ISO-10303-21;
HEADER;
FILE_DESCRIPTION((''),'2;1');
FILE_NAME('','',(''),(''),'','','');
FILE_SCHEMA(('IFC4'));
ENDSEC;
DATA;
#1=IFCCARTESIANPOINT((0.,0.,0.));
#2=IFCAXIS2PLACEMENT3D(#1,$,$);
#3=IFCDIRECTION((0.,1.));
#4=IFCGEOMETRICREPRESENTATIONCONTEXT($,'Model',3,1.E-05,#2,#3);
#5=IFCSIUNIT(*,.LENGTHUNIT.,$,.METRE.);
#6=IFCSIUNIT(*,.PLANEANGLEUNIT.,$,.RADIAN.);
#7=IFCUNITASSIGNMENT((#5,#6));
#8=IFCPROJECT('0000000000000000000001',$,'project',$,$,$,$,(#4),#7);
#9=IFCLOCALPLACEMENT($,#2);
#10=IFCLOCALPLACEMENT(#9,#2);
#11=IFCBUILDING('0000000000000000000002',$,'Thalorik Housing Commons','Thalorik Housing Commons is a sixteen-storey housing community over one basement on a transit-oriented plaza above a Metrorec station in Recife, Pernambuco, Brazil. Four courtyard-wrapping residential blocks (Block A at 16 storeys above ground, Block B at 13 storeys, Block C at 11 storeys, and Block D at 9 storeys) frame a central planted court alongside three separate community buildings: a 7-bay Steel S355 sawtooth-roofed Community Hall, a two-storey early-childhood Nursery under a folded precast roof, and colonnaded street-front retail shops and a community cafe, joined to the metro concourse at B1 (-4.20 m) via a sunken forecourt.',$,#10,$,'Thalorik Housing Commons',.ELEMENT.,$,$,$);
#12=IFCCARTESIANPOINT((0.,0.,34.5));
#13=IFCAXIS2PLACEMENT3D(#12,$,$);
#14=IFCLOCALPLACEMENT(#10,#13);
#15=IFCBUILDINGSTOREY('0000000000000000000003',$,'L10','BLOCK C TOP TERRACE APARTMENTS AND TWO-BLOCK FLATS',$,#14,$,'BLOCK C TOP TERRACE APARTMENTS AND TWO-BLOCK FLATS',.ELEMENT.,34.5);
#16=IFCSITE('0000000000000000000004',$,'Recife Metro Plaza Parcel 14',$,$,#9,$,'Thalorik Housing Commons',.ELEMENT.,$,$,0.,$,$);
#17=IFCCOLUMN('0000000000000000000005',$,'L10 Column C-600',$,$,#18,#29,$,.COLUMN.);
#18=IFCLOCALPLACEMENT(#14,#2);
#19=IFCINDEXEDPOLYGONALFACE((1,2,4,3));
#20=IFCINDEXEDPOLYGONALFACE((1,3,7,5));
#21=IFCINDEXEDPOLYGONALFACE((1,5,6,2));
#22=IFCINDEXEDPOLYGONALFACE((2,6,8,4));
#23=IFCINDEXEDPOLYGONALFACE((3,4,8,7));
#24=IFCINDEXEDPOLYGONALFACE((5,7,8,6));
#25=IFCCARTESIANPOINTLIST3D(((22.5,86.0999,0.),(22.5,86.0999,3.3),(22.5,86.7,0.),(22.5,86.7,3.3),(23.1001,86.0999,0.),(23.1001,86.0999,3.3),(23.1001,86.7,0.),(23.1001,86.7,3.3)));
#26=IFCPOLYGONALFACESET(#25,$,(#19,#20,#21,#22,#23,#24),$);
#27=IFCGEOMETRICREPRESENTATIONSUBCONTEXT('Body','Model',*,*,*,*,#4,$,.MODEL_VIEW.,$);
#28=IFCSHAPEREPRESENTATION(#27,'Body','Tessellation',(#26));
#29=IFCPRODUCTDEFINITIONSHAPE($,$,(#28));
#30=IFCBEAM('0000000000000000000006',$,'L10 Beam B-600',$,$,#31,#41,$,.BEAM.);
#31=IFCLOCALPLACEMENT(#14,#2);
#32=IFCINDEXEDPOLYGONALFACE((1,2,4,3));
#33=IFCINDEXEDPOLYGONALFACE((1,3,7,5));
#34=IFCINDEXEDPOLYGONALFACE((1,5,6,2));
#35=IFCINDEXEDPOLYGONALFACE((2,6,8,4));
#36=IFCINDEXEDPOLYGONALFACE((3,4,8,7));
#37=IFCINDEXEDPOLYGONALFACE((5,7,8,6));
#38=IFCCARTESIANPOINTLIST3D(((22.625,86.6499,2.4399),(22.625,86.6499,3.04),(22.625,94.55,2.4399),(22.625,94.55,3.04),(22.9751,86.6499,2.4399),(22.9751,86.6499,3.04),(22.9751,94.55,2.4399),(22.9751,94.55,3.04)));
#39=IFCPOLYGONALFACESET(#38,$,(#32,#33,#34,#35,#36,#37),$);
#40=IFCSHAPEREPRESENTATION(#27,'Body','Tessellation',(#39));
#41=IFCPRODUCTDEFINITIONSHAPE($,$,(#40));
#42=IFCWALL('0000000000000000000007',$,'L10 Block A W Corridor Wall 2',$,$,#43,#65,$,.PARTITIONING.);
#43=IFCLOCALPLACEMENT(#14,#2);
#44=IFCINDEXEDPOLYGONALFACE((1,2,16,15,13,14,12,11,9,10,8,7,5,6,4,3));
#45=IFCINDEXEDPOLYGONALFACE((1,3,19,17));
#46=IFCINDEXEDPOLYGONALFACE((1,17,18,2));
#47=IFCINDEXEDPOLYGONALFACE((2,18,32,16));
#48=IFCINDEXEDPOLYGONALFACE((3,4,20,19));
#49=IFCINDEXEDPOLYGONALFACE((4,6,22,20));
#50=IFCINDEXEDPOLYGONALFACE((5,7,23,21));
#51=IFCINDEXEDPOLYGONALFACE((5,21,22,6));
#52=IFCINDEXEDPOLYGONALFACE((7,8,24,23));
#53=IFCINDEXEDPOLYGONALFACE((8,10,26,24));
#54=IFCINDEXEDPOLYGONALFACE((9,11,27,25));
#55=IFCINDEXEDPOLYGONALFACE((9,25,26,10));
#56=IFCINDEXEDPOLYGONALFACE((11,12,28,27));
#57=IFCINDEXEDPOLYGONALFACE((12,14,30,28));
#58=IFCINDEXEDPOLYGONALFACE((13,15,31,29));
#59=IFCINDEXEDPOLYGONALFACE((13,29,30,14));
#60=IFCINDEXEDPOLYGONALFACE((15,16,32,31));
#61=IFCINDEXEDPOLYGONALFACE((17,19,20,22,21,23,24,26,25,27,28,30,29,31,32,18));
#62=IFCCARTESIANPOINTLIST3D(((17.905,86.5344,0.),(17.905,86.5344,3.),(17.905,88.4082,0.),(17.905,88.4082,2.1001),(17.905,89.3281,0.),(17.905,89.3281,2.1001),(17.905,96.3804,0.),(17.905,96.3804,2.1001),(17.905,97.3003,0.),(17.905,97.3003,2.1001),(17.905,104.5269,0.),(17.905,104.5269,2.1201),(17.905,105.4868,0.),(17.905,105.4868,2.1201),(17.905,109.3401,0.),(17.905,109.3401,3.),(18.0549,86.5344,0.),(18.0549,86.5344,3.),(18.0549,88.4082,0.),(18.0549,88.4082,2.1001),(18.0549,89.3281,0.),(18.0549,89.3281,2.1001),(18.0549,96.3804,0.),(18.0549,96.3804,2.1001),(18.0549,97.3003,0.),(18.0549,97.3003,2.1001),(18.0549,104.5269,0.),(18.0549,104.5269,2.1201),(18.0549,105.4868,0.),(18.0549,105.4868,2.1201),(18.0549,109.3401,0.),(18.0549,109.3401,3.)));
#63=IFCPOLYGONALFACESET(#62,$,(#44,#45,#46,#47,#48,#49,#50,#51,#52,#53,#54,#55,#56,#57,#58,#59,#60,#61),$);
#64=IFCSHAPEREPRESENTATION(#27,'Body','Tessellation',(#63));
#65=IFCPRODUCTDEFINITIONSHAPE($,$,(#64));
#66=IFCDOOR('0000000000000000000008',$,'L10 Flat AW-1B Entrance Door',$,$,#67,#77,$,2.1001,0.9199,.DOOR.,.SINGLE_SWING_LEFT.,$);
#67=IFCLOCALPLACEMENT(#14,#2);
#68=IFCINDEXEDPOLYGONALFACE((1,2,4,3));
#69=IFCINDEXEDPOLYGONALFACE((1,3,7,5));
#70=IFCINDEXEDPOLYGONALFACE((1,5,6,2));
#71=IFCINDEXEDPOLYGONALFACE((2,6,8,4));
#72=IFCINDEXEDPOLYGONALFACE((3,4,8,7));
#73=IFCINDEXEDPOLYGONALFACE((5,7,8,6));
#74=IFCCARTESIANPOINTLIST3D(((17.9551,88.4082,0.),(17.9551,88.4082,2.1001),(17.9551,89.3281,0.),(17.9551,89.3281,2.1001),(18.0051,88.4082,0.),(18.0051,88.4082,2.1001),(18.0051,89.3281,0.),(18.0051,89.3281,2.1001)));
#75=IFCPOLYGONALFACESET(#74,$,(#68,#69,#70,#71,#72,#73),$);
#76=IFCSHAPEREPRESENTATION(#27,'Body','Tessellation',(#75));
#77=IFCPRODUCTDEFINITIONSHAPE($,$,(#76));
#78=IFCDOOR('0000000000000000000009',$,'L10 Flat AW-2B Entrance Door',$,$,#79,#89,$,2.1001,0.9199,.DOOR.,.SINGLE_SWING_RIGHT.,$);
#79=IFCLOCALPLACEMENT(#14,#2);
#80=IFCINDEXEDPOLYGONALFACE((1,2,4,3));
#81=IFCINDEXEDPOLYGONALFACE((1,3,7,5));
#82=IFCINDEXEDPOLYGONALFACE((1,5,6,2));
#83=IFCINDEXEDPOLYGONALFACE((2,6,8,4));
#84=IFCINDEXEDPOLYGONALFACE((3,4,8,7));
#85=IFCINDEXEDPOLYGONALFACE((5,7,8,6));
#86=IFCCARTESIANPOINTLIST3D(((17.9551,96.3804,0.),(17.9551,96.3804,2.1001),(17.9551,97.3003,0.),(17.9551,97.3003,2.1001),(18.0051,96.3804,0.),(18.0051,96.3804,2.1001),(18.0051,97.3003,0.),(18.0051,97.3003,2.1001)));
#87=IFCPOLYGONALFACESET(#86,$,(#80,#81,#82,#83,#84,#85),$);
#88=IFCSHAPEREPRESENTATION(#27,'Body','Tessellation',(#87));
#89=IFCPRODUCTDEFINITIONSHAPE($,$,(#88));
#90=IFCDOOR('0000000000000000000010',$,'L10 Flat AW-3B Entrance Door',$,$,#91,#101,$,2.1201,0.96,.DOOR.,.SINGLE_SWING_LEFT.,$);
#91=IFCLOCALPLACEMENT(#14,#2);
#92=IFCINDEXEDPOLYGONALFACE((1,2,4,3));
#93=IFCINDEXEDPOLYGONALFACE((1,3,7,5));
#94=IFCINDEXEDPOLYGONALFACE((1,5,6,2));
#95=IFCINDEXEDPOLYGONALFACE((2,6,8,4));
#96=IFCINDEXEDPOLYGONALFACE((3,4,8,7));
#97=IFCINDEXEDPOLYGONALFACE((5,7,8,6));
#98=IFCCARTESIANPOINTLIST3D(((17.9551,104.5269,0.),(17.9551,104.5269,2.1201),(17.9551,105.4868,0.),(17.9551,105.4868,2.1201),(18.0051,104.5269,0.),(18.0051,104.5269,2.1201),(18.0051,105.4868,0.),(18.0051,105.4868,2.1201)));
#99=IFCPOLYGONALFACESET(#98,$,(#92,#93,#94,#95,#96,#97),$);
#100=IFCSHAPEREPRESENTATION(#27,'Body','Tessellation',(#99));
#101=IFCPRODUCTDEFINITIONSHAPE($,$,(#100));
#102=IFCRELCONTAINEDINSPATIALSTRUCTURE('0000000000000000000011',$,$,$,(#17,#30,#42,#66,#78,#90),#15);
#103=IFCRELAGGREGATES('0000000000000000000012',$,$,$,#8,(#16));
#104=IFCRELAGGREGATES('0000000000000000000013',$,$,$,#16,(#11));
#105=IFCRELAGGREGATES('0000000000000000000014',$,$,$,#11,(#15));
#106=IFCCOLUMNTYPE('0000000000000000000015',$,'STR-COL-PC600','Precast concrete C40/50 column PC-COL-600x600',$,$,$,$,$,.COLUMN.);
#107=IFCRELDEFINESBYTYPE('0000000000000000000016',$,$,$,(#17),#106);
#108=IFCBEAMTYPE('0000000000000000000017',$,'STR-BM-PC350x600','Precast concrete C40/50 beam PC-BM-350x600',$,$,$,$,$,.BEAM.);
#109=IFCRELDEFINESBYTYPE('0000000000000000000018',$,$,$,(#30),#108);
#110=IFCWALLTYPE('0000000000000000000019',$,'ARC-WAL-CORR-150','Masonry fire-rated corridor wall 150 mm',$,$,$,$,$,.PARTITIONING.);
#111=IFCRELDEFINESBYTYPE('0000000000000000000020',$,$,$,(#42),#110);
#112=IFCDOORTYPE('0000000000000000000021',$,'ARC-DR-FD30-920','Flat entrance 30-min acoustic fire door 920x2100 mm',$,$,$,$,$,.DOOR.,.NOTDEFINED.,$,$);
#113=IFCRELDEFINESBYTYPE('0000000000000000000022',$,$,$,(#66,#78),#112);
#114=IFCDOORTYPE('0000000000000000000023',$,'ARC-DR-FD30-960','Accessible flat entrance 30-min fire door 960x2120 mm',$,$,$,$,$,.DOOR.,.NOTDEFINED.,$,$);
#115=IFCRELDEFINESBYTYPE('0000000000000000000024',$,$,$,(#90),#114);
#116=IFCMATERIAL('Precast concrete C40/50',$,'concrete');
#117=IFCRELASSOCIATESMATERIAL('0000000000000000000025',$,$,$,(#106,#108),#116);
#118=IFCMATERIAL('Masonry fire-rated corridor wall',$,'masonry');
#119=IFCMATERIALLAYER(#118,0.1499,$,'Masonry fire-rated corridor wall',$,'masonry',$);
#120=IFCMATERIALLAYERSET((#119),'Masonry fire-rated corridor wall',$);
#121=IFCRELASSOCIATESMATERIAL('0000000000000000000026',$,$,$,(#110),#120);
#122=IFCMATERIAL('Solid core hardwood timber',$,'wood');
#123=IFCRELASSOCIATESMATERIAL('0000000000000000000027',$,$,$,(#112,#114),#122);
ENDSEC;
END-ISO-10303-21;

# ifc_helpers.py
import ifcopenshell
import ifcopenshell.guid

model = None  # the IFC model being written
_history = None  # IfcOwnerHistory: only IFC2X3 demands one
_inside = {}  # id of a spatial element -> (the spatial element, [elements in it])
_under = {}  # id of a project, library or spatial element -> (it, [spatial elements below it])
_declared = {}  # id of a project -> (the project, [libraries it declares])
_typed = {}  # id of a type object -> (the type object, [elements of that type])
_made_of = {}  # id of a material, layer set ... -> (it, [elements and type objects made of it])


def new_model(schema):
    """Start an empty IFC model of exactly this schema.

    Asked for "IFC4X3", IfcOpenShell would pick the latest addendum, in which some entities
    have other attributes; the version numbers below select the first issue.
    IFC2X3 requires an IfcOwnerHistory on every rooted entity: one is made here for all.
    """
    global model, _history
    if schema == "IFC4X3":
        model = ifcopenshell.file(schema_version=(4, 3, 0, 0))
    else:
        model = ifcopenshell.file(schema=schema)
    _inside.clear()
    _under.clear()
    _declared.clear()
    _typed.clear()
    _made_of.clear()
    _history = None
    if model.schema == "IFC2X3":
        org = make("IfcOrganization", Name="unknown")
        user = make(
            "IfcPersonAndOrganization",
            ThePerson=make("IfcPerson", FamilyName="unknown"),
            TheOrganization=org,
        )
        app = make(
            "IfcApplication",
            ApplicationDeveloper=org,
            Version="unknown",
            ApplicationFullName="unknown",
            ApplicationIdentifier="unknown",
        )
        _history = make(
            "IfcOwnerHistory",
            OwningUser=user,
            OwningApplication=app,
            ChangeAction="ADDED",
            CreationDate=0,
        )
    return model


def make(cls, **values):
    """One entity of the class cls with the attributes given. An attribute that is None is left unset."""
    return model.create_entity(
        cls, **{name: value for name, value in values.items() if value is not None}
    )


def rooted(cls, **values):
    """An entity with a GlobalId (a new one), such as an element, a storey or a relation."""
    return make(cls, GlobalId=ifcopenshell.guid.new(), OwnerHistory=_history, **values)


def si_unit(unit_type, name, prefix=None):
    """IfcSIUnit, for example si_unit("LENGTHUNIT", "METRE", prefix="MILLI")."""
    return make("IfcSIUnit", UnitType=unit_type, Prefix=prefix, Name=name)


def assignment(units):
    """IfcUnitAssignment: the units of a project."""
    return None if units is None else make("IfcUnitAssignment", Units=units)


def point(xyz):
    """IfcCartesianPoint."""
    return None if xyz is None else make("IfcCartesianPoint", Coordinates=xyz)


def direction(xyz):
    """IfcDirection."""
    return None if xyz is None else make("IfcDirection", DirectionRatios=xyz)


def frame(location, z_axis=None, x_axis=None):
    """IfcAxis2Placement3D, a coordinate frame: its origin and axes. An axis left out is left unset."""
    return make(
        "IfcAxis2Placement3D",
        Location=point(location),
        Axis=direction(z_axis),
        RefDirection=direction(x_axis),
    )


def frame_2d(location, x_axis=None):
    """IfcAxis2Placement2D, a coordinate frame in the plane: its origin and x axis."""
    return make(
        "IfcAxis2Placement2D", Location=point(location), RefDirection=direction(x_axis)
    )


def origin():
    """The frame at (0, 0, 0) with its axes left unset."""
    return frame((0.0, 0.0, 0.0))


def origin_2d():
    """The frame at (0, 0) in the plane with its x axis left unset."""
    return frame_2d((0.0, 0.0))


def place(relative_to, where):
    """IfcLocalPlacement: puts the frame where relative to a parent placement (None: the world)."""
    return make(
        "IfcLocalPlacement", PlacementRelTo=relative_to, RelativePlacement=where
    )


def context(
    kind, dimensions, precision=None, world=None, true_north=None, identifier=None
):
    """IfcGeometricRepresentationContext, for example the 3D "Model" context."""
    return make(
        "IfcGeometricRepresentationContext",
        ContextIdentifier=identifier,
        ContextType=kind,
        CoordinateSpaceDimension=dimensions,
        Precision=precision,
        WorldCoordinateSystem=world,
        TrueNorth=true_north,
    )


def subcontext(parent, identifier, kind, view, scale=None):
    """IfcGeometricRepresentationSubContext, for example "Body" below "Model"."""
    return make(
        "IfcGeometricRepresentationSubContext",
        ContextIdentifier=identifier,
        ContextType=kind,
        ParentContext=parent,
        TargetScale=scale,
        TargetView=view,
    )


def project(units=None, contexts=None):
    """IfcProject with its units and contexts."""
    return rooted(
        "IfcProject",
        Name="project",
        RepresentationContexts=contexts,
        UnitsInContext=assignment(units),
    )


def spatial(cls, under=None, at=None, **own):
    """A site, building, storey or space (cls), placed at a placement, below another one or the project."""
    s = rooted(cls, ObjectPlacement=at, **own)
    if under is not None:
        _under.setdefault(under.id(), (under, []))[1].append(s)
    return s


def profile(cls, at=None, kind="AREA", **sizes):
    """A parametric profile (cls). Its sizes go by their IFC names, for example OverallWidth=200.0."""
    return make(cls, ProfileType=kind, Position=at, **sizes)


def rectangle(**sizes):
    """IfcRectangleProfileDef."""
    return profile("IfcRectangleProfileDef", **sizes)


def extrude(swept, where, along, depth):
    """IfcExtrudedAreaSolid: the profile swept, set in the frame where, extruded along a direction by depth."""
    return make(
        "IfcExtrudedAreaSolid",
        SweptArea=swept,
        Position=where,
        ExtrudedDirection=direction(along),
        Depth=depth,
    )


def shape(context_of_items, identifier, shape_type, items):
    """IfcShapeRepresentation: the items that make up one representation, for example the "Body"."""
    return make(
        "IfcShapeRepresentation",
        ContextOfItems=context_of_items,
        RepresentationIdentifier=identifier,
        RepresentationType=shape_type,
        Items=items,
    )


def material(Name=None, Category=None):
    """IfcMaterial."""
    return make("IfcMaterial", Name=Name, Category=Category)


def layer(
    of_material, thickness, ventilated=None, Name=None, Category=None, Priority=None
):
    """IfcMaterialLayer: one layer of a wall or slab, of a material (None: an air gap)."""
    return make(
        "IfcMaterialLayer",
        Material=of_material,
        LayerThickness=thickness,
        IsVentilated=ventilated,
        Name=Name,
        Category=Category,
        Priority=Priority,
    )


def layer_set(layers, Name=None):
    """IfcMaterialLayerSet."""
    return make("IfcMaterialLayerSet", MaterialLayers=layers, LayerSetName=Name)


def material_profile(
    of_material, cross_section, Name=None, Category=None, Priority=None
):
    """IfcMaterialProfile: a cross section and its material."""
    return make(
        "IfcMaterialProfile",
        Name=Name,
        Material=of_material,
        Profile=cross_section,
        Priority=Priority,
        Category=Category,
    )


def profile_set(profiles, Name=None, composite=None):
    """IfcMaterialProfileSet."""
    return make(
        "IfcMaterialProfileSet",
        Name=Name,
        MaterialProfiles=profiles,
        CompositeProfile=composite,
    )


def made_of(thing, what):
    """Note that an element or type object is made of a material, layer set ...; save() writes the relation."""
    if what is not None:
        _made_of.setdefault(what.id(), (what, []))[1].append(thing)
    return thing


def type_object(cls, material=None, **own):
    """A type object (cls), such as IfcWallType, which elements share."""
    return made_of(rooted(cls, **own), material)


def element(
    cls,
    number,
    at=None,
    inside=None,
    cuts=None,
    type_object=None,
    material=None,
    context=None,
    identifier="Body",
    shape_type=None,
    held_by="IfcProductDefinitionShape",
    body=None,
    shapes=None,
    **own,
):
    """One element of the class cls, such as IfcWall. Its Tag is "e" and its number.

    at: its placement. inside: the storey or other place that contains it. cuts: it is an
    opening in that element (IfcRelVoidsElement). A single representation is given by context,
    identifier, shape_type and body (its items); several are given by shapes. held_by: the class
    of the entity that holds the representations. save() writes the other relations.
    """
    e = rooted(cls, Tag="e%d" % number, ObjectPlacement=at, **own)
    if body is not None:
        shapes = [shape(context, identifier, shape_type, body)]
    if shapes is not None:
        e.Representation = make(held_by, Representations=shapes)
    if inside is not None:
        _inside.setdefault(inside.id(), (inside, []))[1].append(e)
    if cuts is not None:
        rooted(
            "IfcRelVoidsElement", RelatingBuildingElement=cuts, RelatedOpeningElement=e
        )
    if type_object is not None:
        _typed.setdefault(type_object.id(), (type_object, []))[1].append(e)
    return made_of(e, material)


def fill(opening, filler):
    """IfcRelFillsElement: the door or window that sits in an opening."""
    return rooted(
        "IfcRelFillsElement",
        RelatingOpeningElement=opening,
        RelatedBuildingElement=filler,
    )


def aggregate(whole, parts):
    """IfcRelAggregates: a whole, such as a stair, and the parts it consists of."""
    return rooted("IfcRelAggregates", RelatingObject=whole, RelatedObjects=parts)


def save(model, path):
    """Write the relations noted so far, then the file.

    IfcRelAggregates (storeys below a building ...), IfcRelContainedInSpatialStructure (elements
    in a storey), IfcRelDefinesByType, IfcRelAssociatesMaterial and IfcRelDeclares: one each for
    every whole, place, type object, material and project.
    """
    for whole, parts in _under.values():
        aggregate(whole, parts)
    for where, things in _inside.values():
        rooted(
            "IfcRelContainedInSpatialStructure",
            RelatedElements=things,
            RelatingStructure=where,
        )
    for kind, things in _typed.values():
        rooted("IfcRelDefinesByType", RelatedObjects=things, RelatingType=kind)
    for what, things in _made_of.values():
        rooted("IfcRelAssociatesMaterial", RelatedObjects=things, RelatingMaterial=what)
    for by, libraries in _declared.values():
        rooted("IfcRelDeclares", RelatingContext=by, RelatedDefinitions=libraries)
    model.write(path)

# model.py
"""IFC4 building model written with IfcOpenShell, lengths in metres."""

from ifc_helpers import new_model, si_unit, direction, frame, frame_2d, origin, origin_2d, place, context, subcontext, project, spatial, rectangle, extrude, material, layer, layer_set, material_profile, profile_set, type_object, element, fill, save


model = new_model("IFC4")

# Units and contexts
model_context = context("Model", 3, precision=1e-05, world=origin(), true_north=direction((0.0, 1.0)))
body_context = subcontext(model_context, "Body", "Model", "MODEL_VIEW")
ifc_project = project(units=[si_unit("LENGTHUNIT", "METRE"), si_unit("PLANEANGLEUNIT", "RADIAN")], contexts=[model_context])

# Site, building, storey
site_placement = place(None, origin())
site = spatial("IfcSite", under=ifc_project, at=site_placement, Name="Recife Metro Plaza Parcel 14", LongName="Thalorik Housing Commons", CompositionType="ELEMENT", RefElevation=0.0)
building_placement = place(site_placement, origin())
building = spatial("IfcBuilding", under=site, at=building_placement, Name="Thalorik Housing Commons", Description="Thalorik Housing Commons is a sixteen-storey housing community over one basement on a transit-oriented plaza above a Metrorec station in Recife, Pernambuco, Brazil. Four courtyard-wrapping residential blocks (Block A at 16 storeys above ground, Block B at 13 storeys, Block C at 11 storeys, and Block D at 9 storeys) frame a central planted court alongside three separate community buildings: a 7-bay Steel S355 sawtooth-roofed Community Hall, a two-storey early-childhood Nursery under a folded precast roof, and colonnaded street-front retail shops and a community cafe, joined to the metro concourse at B1 (-4.20 m) via a sunken forecourt.", LongName="Thalorik Housing Commons", CompositionType="ELEMENT")
storey_placement = place(building_placement, frame((0.0, 0.0, 34.5)))
storey = spatial("IfcBuildingStorey", under=building, at=storey_placement, Name="L10", Description="BLOCK C TOP TERRACE APARTMENTS AND TWO-BLOCK FLATS", LongName="BLOCK C TOP TERRACE APARTMENTS AND TWO-BLOCK FLATS", CompositionType="ELEMENT", Elevation=34.5)

# Column
ifc_material_1 = material(Name="Precast concrete C40/50", Category="concrete")
ifc_material_profile_1 = material_profile(ifc_material_1, rectangle(XDim=0.6001, YDim=0.6001, at=origin_2d()), Name="PC 600x600", Category="concrete")
ifc_profile_set_1 = profile_set([ifc_material_profile_1], Name="Precast concrete C40/50")
column_type = type_object("IfcColumnType", Name="STR-COL-PC600", Description="Precast concrete C40/50 column PC-COL-600x600", PredefinedType="COLUMN", material=ifc_profile_set_1)
column_placement = place(storey_placement, frame((22.8, 86.3999, 0.0), z_axis=(0.0, 0.0, 1.0), x_axis=(1.0, 0.0, 0.0)))
element("IfcColumn", 1, at=column_placement, inside=storey, type_object=column_type, Name="L10 Column C-600", PredefinedType="COLUMN", context=body_context, shape_type="SweptSolid", body=[
    extrude(rectangle(XDim=0.6001, YDim=0.6001, at=origin_2d()), origin(), (0.0, 0.0, 1.0), 3.3),
])

# Beam
ifc_material_profile_2 = material_profile(ifc_material_1, rectangle(XDim=0.3501, YDim=0.6001, at=origin_2d()), Name="PC 350x600", Category="concrete")
ifc_profile_set_2 = profile_set([ifc_material_profile_2], Name="Precast concrete C40/50")
beam_type = type_object("IfcBeamType", Name="STR-BM-PC350x600", Description="Precast concrete C40/50 beam PC-BM-350x600", PredefinedType="BEAM", material=ifc_profile_set_2)
beam_placement = place(storey_placement, frame((22.8, 86.6499, 2.74), z_axis=(0.0, 1.0, 0.0), x_axis=(-1.0, 0.0, 0.0)))
element("IfcBeam", 2, at=beam_placement, inside=storey, type_object=beam_type, Name="L10 Beam B-600", PredefinedType="BEAM", context=body_context, shape_type="SweptSolid", body=[
    extrude(rectangle(XDim=0.3501, YDim=0.6001, at=origin_2d()), origin(), (0.0, 0.0, 1.0), 7.9001),
])

# Wall, openings, doors
ifc_material_2 = material(Name="Masonry fire-rated corridor wall", Category="masonry")
ifc_layer_1 = layer(ifc_material_2, 0.1499, Name="Masonry fire-rated corridor wall", Category="masonry")
ifc_layer_set_1 = layer_set([ifc_layer_1], Name="Masonry fire-rated corridor wall")
wall_type_1 = type_object("IfcWallType", Name="ARC-WAL-CORR-150", Description="Masonry fire-rated corridor wall 150 mm", PredefinedType="PARTITIONING", material=ifc_layer_set_1)
wall_1_placement = place(storey_placement, frame((17.98, 86.5344, 0.0), z_axis=(0.0, 0.0, 1.0), x_axis=(0.0, 1.0, 0.0)))
wall_1 = element("IfcWall", 3, at=wall_1_placement, inside=storey, type_object=wall_type_1, Name="L10 Block A W Corridor Wall 2", PredefinedType="PARTITIONING", context=body_context, shape_type="SweptSolid", body=[
    extrude(rectangle(XDim=22.8057, YDim=0.1499, at=frame_2d((11.4028, 0.0))), origin(), (0.0, 0.0, 1.0), 3.0),
])
opening_1_placement = place(wall_1_placement, frame((1.8738, 0.0, 0.0)))
opening_1 = element("IfcOpeningElement", 4, at=opening_1_placement, cuts=wall_1, PredefinedType="OPENING", context=body_context, shape_type="SweptSolid", body=[
    extrude(rectangle(XDim=0.9199, YDim=2.1001, at=frame_2d((0.46, 1.05))), frame((0.0, 0.085, 0.0), z_axis=(0.0, -1.0, 0.0), x_axis=(1.0, 0.0, 0.0)), (0.0, 0.0, 1.0), 0.1699),
])
opening_2_placement = place(wall_1_placement, frame((9.8459, 0.0, 0.0)))
opening_2 = element("IfcOpeningElement", 5, at=opening_2_placement, cuts=wall_1, PredefinedType="OPENING", context=body_context, shape_type="SweptSolid", body=[
    extrude(rectangle(XDim=0.9199, YDim=2.1001, at=frame_2d((0.46, 1.05))), frame((0.0, 0.085, 0.0), z_axis=(0.0, -1.0, 0.0), x_axis=(1.0, 0.0, 0.0)), (0.0, 0.0, 1.0), 0.1699),
])
opening_3_placement = place(wall_1_placement, frame((17.9924, 0.0, 0.0)))
opening_3 = element("IfcOpeningElement", 6, at=opening_3_placement, cuts=wall_1, PredefinedType="OPENING", context=body_context, shape_type="SweptSolid", body=[
    extrude(rectangle(XDim=0.96, YDim=2.1201, at=frame_2d((0.48, 1.0601))), frame((0.0, 0.085, 0.0), z_axis=(0.0, -1.0, 0.0), x_axis=(1.0, 0.0, 0.0)), (0.0, 0.0, 1.0), 0.1699),
])
ifc_material_3 = material(Name="Solid core hardwood timber", Category="wood")
door_type_1 = type_object("IfcDoorType", Name="ARC-DR-FD30-920", Description="Flat entrance 30-min acoustic fire door 920x2100 mm", OperationType="NOTDEFINED", PredefinedType="DOOR", material=ifc_material_3)
door_1_placement = place(opening_1_placement, origin())
door_1 = element("IfcDoor", 7, at=door_1_placement, inside=storey, type_object=door_type_1, Name="L10 Flat AW-1B Entrance Door", OperationType="SINGLE_SWING_LEFT", OverallHeight=2.1001, OverallWidth=0.9199, PredefinedType="DOOR", context=body_context, shape_type="SweptSolid", body=[
    extrude(rectangle(XDim=0.9199, YDim=2.1001, at=frame_2d((0.46, 1.05))), frame((0.0, 0.0249, 0.0), z_axis=(0.0, -1.0, 0.0), x_axis=(1.0, 0.0, 0.0)), (0.0, 0.0, 1.0), 0.05),
])
fill(opening_1, door_1)
door_2_placement = place(opening_2_placement, origin())
door_2 = element("IfcDoor", 8, at=door_2_placement, inside=storey, type_object=door_type_1, Name="L10 Flat AW-2B Entrance Door", OperationType="SINGLE_SWING_RIGHT", OverallHeight=2.1001, OverallWidth=0.9199, PredefinedType="DOOR", context=body_context, shape_type="SweptSolid", body=[
    extrude(rectangle(XDim=0.9199, YDim=2.1001, at=frame_2d((0.46, 1.05))), frame((0.0, 0.0249, 0.0), z_axis=(0.0, -1.0, 0.0), x_axis=(1.0, 0.0, 0.0)), (0.0, 0.0, 1.0), 0.05),
])
fill(opening_2, door_2)
door_type_2 = type_object("IfcDoorType", Name="ARC-DR-FD30-960", Description="Accessible flat entrance 30-min fire door 960x2120 mm", OperationType="NOTDEFINED", PredefinedType="DOOR", material=ifc_material_3)
door_3_placement = place(opening_3_placement, origin())
door_3 = element("IfcDoor", 9, at=door_3_placement, inside=storey, type_object=door_type_2, Name="L10 Flat AW-3B Entrance Door", OperationType="SINGLE_SWING_LEFT", OverallHeight=2.1201, OverallWidth=0.96, PredefinedType="DOOR", context=body_context, shape_type="SweptSolid", body=[
    extrude(rectangle(XDim=0.96, YDim=2.1201, at=frame_2d((0.48, 1.0601))), frame((0.0, 0.0249, 0.0), z_axis=(0.0, -1.0, 0.0), x_axis=(1.0, 0.0, 0.0)), (0.0, 0.0, 1.0), 0.05),
])
fill(opening_3, door_3)

save(model, "model.ifc")
